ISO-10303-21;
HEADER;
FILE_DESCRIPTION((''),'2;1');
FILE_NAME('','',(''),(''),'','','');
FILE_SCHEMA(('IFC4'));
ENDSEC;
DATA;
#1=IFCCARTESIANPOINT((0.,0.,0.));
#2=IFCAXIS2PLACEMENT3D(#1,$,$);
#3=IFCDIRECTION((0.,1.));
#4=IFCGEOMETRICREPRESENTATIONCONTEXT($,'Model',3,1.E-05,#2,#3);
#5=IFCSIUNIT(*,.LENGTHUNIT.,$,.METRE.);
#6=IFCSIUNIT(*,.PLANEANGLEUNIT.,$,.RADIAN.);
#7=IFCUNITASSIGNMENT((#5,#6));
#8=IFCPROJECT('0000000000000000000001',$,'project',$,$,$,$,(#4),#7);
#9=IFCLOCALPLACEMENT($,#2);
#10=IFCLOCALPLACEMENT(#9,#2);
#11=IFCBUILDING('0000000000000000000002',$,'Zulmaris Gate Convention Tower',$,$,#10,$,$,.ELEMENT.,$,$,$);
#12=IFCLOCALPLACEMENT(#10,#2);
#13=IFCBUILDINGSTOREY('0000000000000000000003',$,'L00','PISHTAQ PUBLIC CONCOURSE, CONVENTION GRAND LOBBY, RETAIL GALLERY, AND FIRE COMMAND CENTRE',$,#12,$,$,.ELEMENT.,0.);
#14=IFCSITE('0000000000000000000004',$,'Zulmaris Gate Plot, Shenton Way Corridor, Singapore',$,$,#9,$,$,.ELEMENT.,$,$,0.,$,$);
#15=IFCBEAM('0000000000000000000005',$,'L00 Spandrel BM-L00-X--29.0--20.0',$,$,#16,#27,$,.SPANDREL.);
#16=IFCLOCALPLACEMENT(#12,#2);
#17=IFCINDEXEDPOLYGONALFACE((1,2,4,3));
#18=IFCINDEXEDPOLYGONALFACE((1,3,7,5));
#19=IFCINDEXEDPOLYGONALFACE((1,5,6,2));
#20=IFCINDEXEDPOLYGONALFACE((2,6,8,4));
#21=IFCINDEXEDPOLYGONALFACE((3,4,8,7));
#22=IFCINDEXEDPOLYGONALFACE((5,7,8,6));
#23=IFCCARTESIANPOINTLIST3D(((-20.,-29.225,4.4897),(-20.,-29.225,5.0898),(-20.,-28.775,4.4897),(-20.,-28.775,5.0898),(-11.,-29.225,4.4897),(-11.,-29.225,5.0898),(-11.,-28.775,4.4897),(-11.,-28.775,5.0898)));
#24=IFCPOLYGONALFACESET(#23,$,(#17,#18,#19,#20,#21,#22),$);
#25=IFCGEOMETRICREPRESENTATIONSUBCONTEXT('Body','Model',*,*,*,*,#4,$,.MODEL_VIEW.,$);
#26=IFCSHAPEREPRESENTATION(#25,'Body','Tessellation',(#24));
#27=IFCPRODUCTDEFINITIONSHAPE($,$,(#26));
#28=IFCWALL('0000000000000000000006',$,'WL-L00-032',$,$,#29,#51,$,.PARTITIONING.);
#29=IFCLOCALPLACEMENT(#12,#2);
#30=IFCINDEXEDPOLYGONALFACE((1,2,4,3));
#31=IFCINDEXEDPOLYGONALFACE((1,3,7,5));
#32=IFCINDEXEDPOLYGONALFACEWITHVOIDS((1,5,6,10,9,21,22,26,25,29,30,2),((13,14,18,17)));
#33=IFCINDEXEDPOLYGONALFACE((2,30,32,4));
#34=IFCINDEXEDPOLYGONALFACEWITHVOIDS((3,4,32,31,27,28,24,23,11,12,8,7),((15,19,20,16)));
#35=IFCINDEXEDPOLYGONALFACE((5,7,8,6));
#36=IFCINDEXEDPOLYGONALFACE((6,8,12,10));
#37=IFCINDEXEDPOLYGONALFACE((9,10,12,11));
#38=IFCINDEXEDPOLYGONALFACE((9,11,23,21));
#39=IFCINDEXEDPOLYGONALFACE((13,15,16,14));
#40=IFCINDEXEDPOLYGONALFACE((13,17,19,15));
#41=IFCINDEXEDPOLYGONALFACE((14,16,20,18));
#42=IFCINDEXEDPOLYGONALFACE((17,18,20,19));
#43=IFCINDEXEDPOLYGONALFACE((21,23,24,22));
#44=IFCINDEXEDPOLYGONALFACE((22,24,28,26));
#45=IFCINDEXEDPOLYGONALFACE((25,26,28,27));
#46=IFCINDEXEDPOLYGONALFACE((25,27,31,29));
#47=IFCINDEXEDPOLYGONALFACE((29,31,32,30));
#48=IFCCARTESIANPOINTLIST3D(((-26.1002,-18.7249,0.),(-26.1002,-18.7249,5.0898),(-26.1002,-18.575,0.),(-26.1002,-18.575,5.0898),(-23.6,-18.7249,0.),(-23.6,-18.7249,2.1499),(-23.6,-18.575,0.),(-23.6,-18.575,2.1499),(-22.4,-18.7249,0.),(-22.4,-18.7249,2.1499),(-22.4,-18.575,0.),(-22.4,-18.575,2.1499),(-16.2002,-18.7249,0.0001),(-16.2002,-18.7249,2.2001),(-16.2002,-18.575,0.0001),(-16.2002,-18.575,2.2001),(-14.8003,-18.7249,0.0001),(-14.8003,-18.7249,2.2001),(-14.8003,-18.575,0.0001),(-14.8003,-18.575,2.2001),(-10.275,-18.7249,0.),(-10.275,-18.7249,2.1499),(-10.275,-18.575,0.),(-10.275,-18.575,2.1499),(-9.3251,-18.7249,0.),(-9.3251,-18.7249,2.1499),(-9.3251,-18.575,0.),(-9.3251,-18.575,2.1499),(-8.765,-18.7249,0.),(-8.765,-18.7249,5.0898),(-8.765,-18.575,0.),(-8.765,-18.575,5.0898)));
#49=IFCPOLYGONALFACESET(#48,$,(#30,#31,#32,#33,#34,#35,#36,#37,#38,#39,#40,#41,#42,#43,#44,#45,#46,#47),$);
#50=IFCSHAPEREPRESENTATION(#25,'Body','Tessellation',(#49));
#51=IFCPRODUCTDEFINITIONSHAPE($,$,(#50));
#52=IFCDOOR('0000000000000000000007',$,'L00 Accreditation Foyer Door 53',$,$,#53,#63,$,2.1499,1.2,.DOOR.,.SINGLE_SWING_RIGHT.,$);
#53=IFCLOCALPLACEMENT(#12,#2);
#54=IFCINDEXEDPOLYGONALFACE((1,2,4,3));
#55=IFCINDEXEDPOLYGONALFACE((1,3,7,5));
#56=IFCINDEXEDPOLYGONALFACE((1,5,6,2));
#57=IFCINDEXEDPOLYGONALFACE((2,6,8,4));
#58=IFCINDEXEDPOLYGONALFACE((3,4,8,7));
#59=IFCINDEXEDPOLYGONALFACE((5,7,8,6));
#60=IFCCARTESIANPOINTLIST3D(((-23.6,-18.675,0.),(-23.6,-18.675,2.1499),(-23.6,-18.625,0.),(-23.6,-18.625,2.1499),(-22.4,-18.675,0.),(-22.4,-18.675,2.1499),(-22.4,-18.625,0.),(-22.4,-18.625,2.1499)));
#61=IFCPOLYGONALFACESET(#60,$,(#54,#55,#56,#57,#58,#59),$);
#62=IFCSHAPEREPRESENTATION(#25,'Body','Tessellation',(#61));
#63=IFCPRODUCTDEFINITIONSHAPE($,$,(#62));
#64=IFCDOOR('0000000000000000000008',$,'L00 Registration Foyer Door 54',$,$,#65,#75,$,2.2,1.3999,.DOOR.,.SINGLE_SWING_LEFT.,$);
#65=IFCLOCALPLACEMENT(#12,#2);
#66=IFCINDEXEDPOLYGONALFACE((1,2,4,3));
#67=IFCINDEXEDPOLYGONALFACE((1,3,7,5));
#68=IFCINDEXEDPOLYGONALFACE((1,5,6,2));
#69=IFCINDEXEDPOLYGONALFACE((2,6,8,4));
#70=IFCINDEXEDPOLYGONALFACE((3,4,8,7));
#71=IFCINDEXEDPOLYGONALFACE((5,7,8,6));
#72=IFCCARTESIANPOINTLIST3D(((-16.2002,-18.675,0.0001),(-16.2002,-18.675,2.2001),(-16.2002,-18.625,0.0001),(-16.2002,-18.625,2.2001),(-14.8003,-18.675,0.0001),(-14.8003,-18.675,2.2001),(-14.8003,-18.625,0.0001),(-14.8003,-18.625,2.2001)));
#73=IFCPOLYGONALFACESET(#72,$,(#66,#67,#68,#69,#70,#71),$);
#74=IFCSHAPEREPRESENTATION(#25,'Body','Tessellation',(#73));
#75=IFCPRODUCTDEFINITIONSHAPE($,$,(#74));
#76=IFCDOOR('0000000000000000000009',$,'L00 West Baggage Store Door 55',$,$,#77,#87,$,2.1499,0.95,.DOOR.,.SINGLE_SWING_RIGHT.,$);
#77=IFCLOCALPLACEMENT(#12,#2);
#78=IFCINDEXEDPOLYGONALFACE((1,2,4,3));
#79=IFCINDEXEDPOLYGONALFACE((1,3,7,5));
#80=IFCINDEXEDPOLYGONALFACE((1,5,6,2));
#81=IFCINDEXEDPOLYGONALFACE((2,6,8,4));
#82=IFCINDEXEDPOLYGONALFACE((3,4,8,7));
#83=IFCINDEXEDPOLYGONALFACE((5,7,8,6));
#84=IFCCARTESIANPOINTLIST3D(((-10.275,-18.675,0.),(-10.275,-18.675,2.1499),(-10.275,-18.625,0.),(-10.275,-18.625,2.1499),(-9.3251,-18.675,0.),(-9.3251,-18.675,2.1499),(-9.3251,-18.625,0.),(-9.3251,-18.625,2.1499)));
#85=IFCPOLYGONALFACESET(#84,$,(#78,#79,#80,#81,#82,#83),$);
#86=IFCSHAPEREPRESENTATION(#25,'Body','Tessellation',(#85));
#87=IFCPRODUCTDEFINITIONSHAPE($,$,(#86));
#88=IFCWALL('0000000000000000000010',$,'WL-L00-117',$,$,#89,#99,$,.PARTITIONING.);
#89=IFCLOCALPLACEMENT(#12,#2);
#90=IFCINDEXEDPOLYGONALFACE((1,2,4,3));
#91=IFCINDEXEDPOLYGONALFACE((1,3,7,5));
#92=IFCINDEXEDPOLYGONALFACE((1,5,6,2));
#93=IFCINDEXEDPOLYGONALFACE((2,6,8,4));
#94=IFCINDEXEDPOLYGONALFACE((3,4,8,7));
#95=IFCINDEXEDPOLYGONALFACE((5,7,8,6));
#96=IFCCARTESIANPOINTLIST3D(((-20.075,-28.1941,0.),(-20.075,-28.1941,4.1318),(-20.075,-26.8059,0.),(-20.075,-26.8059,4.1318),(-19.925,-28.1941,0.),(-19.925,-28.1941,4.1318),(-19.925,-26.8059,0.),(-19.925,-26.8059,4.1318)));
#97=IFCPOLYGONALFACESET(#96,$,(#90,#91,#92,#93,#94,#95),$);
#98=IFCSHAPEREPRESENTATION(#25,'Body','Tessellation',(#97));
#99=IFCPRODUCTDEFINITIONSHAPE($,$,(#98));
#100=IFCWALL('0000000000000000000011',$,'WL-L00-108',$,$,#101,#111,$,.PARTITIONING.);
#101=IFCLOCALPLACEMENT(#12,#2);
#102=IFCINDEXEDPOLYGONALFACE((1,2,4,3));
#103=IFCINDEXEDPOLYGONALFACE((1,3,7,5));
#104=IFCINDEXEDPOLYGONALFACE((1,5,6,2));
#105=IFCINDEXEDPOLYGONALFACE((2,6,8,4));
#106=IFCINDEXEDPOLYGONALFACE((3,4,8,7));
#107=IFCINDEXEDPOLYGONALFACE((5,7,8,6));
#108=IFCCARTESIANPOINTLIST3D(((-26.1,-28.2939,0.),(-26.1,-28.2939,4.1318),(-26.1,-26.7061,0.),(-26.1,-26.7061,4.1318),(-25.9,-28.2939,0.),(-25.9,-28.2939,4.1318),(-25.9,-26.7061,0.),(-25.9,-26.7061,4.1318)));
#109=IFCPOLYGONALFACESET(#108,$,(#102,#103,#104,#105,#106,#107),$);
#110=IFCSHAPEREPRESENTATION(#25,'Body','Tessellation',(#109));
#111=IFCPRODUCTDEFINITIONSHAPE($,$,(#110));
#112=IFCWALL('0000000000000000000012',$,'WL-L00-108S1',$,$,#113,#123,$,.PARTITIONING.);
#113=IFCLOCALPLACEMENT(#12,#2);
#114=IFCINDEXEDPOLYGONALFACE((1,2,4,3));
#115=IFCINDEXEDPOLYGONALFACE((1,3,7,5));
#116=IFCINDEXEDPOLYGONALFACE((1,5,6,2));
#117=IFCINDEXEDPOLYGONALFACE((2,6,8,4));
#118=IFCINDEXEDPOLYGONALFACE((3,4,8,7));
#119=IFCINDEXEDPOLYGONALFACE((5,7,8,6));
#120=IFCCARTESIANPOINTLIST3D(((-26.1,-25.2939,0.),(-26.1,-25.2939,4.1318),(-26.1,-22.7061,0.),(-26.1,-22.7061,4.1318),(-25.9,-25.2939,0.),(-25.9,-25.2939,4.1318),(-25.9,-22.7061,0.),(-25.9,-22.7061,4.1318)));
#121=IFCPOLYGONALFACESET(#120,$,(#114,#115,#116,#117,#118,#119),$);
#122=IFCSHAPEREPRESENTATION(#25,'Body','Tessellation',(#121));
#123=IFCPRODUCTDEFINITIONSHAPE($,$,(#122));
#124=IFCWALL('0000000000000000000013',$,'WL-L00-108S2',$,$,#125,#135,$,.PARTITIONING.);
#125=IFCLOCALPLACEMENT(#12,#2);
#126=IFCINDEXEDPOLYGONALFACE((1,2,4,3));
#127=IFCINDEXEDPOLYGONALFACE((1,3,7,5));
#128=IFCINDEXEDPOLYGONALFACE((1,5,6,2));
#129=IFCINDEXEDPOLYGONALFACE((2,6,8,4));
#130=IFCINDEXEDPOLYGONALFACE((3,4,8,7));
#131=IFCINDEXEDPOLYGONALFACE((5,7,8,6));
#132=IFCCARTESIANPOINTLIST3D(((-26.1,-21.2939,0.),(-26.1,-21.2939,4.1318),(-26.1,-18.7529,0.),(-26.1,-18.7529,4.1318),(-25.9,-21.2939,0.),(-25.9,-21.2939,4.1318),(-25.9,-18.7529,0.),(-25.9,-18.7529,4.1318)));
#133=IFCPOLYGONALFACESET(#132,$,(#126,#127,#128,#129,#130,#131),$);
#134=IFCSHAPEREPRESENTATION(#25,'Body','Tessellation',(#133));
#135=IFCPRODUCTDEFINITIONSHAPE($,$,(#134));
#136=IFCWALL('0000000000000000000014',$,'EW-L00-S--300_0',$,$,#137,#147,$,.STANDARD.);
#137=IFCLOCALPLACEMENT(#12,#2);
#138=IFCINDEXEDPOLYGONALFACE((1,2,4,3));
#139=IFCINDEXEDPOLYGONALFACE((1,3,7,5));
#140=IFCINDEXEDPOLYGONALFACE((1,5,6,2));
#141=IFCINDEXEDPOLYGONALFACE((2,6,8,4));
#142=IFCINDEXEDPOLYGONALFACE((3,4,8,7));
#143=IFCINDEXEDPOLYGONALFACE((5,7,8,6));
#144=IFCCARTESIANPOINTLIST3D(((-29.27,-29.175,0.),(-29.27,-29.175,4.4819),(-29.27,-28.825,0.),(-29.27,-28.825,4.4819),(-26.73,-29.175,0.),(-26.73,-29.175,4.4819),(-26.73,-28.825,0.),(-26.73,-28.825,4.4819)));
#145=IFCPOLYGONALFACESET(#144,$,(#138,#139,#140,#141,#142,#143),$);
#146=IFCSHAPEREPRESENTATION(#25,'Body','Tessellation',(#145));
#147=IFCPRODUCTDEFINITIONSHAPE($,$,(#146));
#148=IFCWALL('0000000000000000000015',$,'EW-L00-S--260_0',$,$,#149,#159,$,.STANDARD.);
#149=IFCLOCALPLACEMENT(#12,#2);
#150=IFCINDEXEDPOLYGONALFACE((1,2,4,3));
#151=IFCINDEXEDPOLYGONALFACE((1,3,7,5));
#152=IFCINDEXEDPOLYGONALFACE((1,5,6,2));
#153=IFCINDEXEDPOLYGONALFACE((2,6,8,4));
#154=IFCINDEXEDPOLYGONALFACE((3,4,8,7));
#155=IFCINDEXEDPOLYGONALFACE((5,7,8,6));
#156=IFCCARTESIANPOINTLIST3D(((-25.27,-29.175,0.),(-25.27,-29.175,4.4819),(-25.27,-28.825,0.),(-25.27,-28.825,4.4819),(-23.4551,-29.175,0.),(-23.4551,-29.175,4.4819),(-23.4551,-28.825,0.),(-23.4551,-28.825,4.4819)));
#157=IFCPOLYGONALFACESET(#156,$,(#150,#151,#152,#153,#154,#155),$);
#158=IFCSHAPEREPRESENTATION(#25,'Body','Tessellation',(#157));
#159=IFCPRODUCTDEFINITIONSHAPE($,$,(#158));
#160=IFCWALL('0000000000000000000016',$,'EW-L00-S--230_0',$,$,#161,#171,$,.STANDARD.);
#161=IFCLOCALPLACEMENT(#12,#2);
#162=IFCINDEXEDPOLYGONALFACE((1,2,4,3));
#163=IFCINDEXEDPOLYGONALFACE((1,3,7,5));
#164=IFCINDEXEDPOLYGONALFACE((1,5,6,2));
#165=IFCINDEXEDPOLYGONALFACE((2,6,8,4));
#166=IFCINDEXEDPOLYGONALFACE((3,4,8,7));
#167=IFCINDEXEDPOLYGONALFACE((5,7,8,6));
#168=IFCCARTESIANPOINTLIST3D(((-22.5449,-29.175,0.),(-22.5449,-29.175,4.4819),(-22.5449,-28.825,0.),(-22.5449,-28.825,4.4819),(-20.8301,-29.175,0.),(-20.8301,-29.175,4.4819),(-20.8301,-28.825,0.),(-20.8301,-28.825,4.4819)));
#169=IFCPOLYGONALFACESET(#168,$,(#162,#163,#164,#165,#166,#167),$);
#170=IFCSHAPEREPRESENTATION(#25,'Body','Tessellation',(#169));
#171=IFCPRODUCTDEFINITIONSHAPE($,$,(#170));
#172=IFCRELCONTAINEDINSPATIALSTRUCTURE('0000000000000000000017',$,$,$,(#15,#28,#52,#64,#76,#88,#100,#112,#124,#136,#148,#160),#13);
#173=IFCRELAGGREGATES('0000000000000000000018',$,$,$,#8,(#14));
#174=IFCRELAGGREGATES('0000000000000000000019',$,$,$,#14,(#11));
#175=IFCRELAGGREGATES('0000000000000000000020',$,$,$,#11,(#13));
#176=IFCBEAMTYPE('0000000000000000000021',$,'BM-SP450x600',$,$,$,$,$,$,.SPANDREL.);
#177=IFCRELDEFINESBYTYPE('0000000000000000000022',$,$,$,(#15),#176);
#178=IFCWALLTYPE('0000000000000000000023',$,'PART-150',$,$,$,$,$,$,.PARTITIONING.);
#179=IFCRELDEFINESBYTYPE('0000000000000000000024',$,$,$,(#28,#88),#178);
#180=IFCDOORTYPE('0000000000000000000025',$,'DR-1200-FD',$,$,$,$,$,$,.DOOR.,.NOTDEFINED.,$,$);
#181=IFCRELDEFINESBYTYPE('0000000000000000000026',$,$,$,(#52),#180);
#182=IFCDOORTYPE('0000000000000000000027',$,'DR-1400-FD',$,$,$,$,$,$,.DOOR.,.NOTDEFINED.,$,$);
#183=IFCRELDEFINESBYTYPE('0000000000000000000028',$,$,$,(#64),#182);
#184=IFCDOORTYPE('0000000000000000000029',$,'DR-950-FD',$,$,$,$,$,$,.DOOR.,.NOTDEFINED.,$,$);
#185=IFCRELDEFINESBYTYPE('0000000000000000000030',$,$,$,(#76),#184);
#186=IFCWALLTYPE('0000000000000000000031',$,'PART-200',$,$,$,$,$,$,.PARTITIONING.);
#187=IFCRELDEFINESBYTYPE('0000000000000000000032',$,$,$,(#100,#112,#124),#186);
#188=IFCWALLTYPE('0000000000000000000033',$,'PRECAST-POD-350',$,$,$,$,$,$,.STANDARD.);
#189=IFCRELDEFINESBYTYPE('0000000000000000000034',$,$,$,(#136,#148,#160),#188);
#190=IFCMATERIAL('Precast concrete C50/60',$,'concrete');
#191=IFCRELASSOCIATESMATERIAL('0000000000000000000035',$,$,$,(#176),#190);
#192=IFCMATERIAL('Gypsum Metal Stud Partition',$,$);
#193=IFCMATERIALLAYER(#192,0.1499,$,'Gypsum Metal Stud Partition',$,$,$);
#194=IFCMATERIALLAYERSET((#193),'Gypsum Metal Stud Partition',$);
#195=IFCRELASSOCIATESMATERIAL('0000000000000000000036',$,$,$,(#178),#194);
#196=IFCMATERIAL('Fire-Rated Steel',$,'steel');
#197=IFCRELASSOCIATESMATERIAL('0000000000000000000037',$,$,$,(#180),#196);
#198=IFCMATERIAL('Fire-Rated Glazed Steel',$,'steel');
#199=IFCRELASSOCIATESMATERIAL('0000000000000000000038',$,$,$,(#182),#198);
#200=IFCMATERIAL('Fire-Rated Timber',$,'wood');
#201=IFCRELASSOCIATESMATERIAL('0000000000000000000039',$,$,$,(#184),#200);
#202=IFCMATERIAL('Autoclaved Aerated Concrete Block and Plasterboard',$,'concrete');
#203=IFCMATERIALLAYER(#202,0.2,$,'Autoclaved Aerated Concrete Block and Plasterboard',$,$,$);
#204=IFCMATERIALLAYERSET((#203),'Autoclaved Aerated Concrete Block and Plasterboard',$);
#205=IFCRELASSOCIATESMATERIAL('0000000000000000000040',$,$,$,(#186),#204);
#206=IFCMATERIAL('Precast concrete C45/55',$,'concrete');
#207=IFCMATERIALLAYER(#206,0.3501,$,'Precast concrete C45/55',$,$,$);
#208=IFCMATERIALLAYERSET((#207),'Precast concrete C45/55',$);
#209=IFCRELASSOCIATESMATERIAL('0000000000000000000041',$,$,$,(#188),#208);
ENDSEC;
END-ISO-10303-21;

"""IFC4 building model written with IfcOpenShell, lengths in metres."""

from ifc_helpers import new_model, si_unit, direction, frame, frame_2d, origin, origin_2d, place, context, subcontext, project, spatial, rectangle, extrude, material, layer, layer_set, material_profile, profile_set, type_object, element, fill, save


model = new_model("IFC4")

# Units and contexts
model_context = context("Model", 3, precision=1e-05, world=origin(), true_north=direction((0.0, 1.0)))
body_context = subcontext(model_context, "Body", "Model", "MODEL_VIEW")
ifc_project = project(units=[si_unit("LENGTHUNIT", "METRE"), si_unit("PLANEANGLEUNIT", "RADIAN")], contexts=[model_context])

# Site, building, storey
site_placement = place(None, origin())
site = spatial("IfcSite", under=ifc_project, at=site_placement, Name="Zulmaris Gate Plot, Shenton Way Corridor, Singapore", CompositionType="ELEMENT", RefElevation=0.0)
building_placement = place(site_placement, origin())
building = spatial("IfcBuilding", under=site, at=building_placement, Name="Zulmaris Gate Convention Tower", CompositionType="ELEMENT")
storey_placement = place(building_placement, origin())
storey = spatial("IfcBuildingStorey", under=building, at=storey_placement, Name="L00", Description="PISHTAQ PUBLIC CONCOURSE, CONVENTION GRAND LOBBY, RETAIL GALLERY, AND FIRE COMMAND CENTRE", CompositionType="ELEMENT", Elevation=0.0)

# Shared definitions
ifc_material_1 = material(Name="Precast concrete C50/60", Category="concrete")

# Beam
ifc_material_profile_1 = material_profile(ifc_material_1, rectangle(XDim=0.45, YDim=0.6001, at=origin_2d()), Name="RC SPANDREL 450x600")
ifc_profile_set_1 = profile_set([ifc_material_profile_1], Name="Precast concrete C50/60")
beam_type_1 = type_object("IfcBeamType", Name="BM-SP450x600", PredefinedType="SPANDREL", material=ifc_profile_set_1)
beam_1_placement = place(storey_placement, frame((-20.0, -29.0, 4.7898), z_axis=(1.0, 0.0, 0.0), x_axis=(0.0, 1.0, 0.0)))
element("IfcBeam", 1, at=beam_1_placement, inside=storey, type_object=beam_type_1, Name="L00 Spandrel BM-L00-X--29.0--20.0", PredefinedType="SPANDREL", context=body_context, shape_type="SweptSolid", body=[
    extrude(rectangle(XDim=0.45, YDim=0.6001, at=origin_2d()), origin(), (0.0, 0.0, 1.0), 9.0),
])

# Wall, openings, doors
ifc_material_2 = material(Name="Gypsum Metal Stud Partition")
ifc_layer_1 = layer(ifc_material_2, 0.1499, Name="Gypsum Metal Stud Partition")
ifc_layer_set_1 = layer_set([ifc_layer_1], Name="Gypsum Metal Stud Partition")
wall_type_1 = type_object("IfcWallType", Name="PART-150", PredefinedType="PARTITIONING", material=ifc_layer_set_1)
wall_1_placement = place(storey_placement, frame((-26.1001, -18.6499, 0.0), z_axis=(0.0, 0.0, 1.0), x_axis=(1.0, 0.0, 0.0)))
wall_1 = element("IfcWall", 2, at=wall_1_placement, inside=storey, type_object=wall_type_1, Name="WL-L00-032", PredefinedType="PARTITIONING", context=body_context, shape_type="SweptSolid", body=[
    extrude(rectangle(XDim=17.3352, YDim=0.1499, at=frame_2d((8.6675, 0.0))), origin(), (0.0, 0.0, 1.0), 5.0898),
])
opening_1_placement = place(wall_1_placement, frame((2.5, 0.0, 0.0)))
opening_1 = element("IfcOpeningElement", 3, at=opening_1_placement, cuts=wall_1, PredefinedType="OPENING", context=body_context, shape_type="SweptSolid", body=[
    extrude(rectangle(XDim=1.2, YDim=2.1499, at=frame_2d((0.6001, 1.075))), frame((0.0, 0.085, 0.0), z_axis=(0.0, -1.0, 0.0), x_axis=(1.0, 0.0, 0.0)), (0.0, 0.0, 1.0), 0.1699),
])
opening_2_placement = place(wall_1_placement, frame((9.8999, 0.0, 0.0)))
opening_2 = element("IfcOpeningElement", 4, at=opening_2_placement, cuts=wall_1, PredefinedType="OPENING", context=body_context, shape_type="SweptSolid", body=[
    extrude(rectangle(XDim=1.3999, YDim=2.2, at=frame_2d((0.7, 1.1001))), frame((0.0, 0.085, 0.0), z_axis=(0.0, -1.0, 0.0), x_axis=(1.0, 0.0, 0.0)), (0.0, 0.0, 1.0), 0.1699),
])
opening_3_placement = place(wall_1_placement, frame((15.825, 0.0, 0.0)))
opening_3 = element("IfcOpeningElement", 5, at=opening_3_placement, cuts=wall_1, PredefinedType="OPENING", context=body_context, shape_type="SweptSolid", body=[
    extrude(rectangle(XDim=0.95, YDim=2.1499, at=frame_2d((0.4751, 1.075))), frame((0.0, 0.085, 0.0), z_axis=(0.0, -1.0, 0.0), x_axis=(1.0, 0.0, 0.0)), (0.0, 0.0, 1.0), 0.1699),
])
ifc_material_3 = material(Name="Fire-Rated Steel", Category="steel")
door_type_1 = type_object("IfcDoorType", Name="DR-1200-FD", OperationType="NOTDEFINED", PredefinedType="DOOR", material=ifc_material_3)
door_1_placement = place(opening_1_placement, origin())
door_1 = element("IfcDoor", 6, at=door_1_placement, inside=storey, type_object=door_type_1, Name="L00 Accreditation Foyer Door 53", OperationType="SINGLE_SWING_RIGHT", OverallHeight=2.1499, OverallWidth=1.2, PredefinedType="DOOR", context=body_context, shape_type="SweptSolid", body=[
    extrude(rectangle(XDim=1.2, YDim=2.1499, at=frame_2d((0.6001, 1.075))), frame((0.0, 0.0249, 0.0), z_axis=(0.0, -1.0, 0.0), x_axis=(1.0, 0.0, 0.0)), (0.0, 0.0, 1.0), 0.05),
])
fill(opening_1, door_1)
ifc_material_4 = material(Name="Fire-Rated Glazed Steel", Category="steel")
door_type_2 = type_object("IfcDoorType", Name="DR-1400-FD", OperationType="NOTDEFINED", PredefinedType="DOOR", material=ifc_material_4)
door_2_placement = place(opening_2_placement, origin())
door_2 = element("IfcDoor", 7, at=door_2_placement, inside=storey, type_object=door_type_2, Name="L00 Registration Foyer Door 54", OperationType="SINGLE_SWING_LEFT", OverallHeight=2.2, OverallWidth=1.3999, PredefinedType="DOOR", context=body_context, shape_type="SweptSolid", body=[
    extrude(rectangle(XDim=1.3999, YDim=2.2, at=frame_2d((0.7, 1.1001))), frame((0.0, 0.0249, 0.0), z_axis=(0.0, -1.0, 0.0), x_axis=(1.0, 0.0, 0.0)), (0.0, 0.0, 1.0), 0.05),
])
fill(opening_2, door_2)
ifc_material_5 = material(Name="Fire-Rated Timber", Category="wood")
door_type_3 = type_object("IfcDoorType", Name="DR-950-FD", OperationType="NOTDEFINED", PredefinedType="DOOR", material=ifc_material_5)
door_3_placement = place(opening_3_placement, origin())
door_3 = element("IfcDoor", 8, at=door_3_placement, inside=storey, type_object=door_type_3, Name="L00 West Baggage Store Door 55", OperationType="SINGLE_SWING_RIGHT", OverallHeight=2.1499, OverallWidth=0.95, PredefinedType="DOOR", context=body_context, shape_type="SweptSolid", body=[
    extrude(rectangle(XDim=0.95, YDim=2.1499, at=frame_2d((0.4751, 1.075))), frame((0.0, 0.0249, 0.0), z_axis=(0.0, -1.0, 0.0), x_axis=(1.0, 0.0, 0.0)), (0.0, 0.0, 1.0), 0.05),
])
fill(opening_3, door_3)

# Walls
wall_2_placement = place(storey_placement, frame((-20.0, -28.1941, 0.0), z_axis=(0.0, 0.0, 1.0), x_axis=(0.0, 1.0, 0.0)))
element("IfcWall", 9, at=wall_2_placement, inside=storey, type_object=wall_type_1, Name="WL-L00-117", PredefinedType="PARTITIONING", context=body_context, shape_type="SweptSolid", body=[
    extrude(rectangle(XDim=1.3882, YDim=0.1499, at=frame_2d((0.6941, 0.0))), origin(), (0.0, 0.0, 1.0), 4.1318),
])
ifc_material_6 = material(Name="Autoclaved Aerated Concrete Block and Plasterboard", Category="concrete")
ifc_layer_2 = layer(ifc_material_6, 0.2, Name="Autoclaved Aerated Concrete Block and Plasterboard")
ifc_layer_set_2 = layer_set([ifc_layer_2], Name="Autoclaved Aerated Concrete Block and Plasterboard")
wall_type_2 = type_object("IfcWallType", Name="PART-200", PredefinedType="PARTITIONING", material=ifc_layer_set_2)
wall_3_placement = place(storey_placement, frame((-26.0, -28.2939, 0.0), z_axis=(0.0, 0.0, 1.0), x_axis=(0.0, 1.0, 0.0)))
element("IfcWall", 10, at=wall_3_placement, inside=storey, type_object=wall_type_2, Name="WL-L00-108", PredefinedType="PARTITIONING", context=body_context, shape_type="SweptSolid", body=[
    extrude(rectangle(XDim=1.5879, YDim=0.2, at=frame_2d((0.7939, 0.0))), origin(), (0.0, 0.0, 1.0), 4.1318),
])
wall_4_placement = place(storey_placement, frame((-26.0, -25.2939, 0.0), z_axis=(0.0, 0.0, 1.0), x_axis=(0.0, 1.0, 0.0)))
element("IfcWall", 11, at=wall_4_placement, inside=storey, type_object=wall_type_2, Name="WL-L00-108S1", PredefinedType="PARTITIONING", context=body_context, shape_type="SweptSolid", body=[
    extrude(rectangle(XDim=2.5879, YDim=0.2, at=frame_2d((1.2939, 0.0))), origin(), (0.0, 0.0, 1.0), 4.1318),
])
wall_5_placement = place(storey_placement, frame((-26.0, -21.2939, 0.0), z_axis=(0.0, 0.0, 1.0), x_axis=(0.0, 1.0, 0.0)))
element("IfcWall", 12, at=wall_5_placement, inside=storey, type_object=wall_type_2, Name="WL-L00-108S2", PredefinedType="PARTITIONING", context=body_context, shape_type="SweptSolid", body=[
    extrude(rectangle(XDim=2.541, YDim=0.2, at=frame_2d((1.2705, 0.0))), origin(), (0.0, 0.0, 1.0), 4.1318),
])
ifc_material_7 = material(Name="Precast concrete C45/55", Category="concrete")
ifc_layer_3 = layer(ifc_material_7, 0.3501, Name="Precast concrete C45/55")
ifc_layer_set_3 = layer_set([ifc_layer_3], Name="Precast concrete C45/55")
wall_type_3 = type_object("IfcWallType", Name="PRECAST-POD-350", PredefinedType="STANDARD", material=ifc_layer_set_3)
wall_6_placement = place(storey_placement, frame((-29.27, -29.0, 0.0), z_axis=(0.0, 0.0, 1.0), x_axis=(1.0, 0.0, 0.0)))
element("IfcWall", 13, at=wall_6_placement, inside=storey, type_object=wall_type_3, Name="EW-L00-S--300_0", PredefinedType="STANDARD", context=body_context, shape_type="SweptSolid", body=[
    extrude(rectangle(XDim=2.54, YDim=0.3501, at=frame_2d((1.27, 0.0))), origin(), (0.0, 0.0, 1.0), 4.4819),
])
wall_7_placement = place(storey_placement, frame((-25.27, -29.0, 0.0), z_axis=(0.0, 0.0, 1.0), x_axis=(1.0, 0.0, 0.0)))
element("IfcWall", 14, at=wall_7_placement, inside=storey, type_object=wall_type_3, Name="EW-L00-S--260_0", PredefinedType="STANDARD", context=body_context, shape_type="SweptSolid", body=[
    extrude(rectangle(XDim=1.8149, YDim=0.3501, at=frame_2d((0.9075, 0.0))), origin(), (0.0, 0.0, 1.0), 4.4819),
])
wall_8_placement = place(storey_placement, frame((-22.5449, -29.0, 0.0), z_axis=(0.0, 0.0, 1.0), x_axis=(1.0, 0.0, 0.0)))
element("IfcWall", 15, at=wall_8_placement, inside=storey, type_object=wall_type_3, Name="EW-L00-S--230_0", PredefinedType="STANDARD", context=body_context, shape_type="SweptSolid", body=[
    extrude(rectangle(XDim=1.7148, YDim=0.3501, at=frame_2d((0.8574, 0.0))), origin(), (0.0, 0.0, 1.0), 4.4819),
])

save(model, "model.ifc")
